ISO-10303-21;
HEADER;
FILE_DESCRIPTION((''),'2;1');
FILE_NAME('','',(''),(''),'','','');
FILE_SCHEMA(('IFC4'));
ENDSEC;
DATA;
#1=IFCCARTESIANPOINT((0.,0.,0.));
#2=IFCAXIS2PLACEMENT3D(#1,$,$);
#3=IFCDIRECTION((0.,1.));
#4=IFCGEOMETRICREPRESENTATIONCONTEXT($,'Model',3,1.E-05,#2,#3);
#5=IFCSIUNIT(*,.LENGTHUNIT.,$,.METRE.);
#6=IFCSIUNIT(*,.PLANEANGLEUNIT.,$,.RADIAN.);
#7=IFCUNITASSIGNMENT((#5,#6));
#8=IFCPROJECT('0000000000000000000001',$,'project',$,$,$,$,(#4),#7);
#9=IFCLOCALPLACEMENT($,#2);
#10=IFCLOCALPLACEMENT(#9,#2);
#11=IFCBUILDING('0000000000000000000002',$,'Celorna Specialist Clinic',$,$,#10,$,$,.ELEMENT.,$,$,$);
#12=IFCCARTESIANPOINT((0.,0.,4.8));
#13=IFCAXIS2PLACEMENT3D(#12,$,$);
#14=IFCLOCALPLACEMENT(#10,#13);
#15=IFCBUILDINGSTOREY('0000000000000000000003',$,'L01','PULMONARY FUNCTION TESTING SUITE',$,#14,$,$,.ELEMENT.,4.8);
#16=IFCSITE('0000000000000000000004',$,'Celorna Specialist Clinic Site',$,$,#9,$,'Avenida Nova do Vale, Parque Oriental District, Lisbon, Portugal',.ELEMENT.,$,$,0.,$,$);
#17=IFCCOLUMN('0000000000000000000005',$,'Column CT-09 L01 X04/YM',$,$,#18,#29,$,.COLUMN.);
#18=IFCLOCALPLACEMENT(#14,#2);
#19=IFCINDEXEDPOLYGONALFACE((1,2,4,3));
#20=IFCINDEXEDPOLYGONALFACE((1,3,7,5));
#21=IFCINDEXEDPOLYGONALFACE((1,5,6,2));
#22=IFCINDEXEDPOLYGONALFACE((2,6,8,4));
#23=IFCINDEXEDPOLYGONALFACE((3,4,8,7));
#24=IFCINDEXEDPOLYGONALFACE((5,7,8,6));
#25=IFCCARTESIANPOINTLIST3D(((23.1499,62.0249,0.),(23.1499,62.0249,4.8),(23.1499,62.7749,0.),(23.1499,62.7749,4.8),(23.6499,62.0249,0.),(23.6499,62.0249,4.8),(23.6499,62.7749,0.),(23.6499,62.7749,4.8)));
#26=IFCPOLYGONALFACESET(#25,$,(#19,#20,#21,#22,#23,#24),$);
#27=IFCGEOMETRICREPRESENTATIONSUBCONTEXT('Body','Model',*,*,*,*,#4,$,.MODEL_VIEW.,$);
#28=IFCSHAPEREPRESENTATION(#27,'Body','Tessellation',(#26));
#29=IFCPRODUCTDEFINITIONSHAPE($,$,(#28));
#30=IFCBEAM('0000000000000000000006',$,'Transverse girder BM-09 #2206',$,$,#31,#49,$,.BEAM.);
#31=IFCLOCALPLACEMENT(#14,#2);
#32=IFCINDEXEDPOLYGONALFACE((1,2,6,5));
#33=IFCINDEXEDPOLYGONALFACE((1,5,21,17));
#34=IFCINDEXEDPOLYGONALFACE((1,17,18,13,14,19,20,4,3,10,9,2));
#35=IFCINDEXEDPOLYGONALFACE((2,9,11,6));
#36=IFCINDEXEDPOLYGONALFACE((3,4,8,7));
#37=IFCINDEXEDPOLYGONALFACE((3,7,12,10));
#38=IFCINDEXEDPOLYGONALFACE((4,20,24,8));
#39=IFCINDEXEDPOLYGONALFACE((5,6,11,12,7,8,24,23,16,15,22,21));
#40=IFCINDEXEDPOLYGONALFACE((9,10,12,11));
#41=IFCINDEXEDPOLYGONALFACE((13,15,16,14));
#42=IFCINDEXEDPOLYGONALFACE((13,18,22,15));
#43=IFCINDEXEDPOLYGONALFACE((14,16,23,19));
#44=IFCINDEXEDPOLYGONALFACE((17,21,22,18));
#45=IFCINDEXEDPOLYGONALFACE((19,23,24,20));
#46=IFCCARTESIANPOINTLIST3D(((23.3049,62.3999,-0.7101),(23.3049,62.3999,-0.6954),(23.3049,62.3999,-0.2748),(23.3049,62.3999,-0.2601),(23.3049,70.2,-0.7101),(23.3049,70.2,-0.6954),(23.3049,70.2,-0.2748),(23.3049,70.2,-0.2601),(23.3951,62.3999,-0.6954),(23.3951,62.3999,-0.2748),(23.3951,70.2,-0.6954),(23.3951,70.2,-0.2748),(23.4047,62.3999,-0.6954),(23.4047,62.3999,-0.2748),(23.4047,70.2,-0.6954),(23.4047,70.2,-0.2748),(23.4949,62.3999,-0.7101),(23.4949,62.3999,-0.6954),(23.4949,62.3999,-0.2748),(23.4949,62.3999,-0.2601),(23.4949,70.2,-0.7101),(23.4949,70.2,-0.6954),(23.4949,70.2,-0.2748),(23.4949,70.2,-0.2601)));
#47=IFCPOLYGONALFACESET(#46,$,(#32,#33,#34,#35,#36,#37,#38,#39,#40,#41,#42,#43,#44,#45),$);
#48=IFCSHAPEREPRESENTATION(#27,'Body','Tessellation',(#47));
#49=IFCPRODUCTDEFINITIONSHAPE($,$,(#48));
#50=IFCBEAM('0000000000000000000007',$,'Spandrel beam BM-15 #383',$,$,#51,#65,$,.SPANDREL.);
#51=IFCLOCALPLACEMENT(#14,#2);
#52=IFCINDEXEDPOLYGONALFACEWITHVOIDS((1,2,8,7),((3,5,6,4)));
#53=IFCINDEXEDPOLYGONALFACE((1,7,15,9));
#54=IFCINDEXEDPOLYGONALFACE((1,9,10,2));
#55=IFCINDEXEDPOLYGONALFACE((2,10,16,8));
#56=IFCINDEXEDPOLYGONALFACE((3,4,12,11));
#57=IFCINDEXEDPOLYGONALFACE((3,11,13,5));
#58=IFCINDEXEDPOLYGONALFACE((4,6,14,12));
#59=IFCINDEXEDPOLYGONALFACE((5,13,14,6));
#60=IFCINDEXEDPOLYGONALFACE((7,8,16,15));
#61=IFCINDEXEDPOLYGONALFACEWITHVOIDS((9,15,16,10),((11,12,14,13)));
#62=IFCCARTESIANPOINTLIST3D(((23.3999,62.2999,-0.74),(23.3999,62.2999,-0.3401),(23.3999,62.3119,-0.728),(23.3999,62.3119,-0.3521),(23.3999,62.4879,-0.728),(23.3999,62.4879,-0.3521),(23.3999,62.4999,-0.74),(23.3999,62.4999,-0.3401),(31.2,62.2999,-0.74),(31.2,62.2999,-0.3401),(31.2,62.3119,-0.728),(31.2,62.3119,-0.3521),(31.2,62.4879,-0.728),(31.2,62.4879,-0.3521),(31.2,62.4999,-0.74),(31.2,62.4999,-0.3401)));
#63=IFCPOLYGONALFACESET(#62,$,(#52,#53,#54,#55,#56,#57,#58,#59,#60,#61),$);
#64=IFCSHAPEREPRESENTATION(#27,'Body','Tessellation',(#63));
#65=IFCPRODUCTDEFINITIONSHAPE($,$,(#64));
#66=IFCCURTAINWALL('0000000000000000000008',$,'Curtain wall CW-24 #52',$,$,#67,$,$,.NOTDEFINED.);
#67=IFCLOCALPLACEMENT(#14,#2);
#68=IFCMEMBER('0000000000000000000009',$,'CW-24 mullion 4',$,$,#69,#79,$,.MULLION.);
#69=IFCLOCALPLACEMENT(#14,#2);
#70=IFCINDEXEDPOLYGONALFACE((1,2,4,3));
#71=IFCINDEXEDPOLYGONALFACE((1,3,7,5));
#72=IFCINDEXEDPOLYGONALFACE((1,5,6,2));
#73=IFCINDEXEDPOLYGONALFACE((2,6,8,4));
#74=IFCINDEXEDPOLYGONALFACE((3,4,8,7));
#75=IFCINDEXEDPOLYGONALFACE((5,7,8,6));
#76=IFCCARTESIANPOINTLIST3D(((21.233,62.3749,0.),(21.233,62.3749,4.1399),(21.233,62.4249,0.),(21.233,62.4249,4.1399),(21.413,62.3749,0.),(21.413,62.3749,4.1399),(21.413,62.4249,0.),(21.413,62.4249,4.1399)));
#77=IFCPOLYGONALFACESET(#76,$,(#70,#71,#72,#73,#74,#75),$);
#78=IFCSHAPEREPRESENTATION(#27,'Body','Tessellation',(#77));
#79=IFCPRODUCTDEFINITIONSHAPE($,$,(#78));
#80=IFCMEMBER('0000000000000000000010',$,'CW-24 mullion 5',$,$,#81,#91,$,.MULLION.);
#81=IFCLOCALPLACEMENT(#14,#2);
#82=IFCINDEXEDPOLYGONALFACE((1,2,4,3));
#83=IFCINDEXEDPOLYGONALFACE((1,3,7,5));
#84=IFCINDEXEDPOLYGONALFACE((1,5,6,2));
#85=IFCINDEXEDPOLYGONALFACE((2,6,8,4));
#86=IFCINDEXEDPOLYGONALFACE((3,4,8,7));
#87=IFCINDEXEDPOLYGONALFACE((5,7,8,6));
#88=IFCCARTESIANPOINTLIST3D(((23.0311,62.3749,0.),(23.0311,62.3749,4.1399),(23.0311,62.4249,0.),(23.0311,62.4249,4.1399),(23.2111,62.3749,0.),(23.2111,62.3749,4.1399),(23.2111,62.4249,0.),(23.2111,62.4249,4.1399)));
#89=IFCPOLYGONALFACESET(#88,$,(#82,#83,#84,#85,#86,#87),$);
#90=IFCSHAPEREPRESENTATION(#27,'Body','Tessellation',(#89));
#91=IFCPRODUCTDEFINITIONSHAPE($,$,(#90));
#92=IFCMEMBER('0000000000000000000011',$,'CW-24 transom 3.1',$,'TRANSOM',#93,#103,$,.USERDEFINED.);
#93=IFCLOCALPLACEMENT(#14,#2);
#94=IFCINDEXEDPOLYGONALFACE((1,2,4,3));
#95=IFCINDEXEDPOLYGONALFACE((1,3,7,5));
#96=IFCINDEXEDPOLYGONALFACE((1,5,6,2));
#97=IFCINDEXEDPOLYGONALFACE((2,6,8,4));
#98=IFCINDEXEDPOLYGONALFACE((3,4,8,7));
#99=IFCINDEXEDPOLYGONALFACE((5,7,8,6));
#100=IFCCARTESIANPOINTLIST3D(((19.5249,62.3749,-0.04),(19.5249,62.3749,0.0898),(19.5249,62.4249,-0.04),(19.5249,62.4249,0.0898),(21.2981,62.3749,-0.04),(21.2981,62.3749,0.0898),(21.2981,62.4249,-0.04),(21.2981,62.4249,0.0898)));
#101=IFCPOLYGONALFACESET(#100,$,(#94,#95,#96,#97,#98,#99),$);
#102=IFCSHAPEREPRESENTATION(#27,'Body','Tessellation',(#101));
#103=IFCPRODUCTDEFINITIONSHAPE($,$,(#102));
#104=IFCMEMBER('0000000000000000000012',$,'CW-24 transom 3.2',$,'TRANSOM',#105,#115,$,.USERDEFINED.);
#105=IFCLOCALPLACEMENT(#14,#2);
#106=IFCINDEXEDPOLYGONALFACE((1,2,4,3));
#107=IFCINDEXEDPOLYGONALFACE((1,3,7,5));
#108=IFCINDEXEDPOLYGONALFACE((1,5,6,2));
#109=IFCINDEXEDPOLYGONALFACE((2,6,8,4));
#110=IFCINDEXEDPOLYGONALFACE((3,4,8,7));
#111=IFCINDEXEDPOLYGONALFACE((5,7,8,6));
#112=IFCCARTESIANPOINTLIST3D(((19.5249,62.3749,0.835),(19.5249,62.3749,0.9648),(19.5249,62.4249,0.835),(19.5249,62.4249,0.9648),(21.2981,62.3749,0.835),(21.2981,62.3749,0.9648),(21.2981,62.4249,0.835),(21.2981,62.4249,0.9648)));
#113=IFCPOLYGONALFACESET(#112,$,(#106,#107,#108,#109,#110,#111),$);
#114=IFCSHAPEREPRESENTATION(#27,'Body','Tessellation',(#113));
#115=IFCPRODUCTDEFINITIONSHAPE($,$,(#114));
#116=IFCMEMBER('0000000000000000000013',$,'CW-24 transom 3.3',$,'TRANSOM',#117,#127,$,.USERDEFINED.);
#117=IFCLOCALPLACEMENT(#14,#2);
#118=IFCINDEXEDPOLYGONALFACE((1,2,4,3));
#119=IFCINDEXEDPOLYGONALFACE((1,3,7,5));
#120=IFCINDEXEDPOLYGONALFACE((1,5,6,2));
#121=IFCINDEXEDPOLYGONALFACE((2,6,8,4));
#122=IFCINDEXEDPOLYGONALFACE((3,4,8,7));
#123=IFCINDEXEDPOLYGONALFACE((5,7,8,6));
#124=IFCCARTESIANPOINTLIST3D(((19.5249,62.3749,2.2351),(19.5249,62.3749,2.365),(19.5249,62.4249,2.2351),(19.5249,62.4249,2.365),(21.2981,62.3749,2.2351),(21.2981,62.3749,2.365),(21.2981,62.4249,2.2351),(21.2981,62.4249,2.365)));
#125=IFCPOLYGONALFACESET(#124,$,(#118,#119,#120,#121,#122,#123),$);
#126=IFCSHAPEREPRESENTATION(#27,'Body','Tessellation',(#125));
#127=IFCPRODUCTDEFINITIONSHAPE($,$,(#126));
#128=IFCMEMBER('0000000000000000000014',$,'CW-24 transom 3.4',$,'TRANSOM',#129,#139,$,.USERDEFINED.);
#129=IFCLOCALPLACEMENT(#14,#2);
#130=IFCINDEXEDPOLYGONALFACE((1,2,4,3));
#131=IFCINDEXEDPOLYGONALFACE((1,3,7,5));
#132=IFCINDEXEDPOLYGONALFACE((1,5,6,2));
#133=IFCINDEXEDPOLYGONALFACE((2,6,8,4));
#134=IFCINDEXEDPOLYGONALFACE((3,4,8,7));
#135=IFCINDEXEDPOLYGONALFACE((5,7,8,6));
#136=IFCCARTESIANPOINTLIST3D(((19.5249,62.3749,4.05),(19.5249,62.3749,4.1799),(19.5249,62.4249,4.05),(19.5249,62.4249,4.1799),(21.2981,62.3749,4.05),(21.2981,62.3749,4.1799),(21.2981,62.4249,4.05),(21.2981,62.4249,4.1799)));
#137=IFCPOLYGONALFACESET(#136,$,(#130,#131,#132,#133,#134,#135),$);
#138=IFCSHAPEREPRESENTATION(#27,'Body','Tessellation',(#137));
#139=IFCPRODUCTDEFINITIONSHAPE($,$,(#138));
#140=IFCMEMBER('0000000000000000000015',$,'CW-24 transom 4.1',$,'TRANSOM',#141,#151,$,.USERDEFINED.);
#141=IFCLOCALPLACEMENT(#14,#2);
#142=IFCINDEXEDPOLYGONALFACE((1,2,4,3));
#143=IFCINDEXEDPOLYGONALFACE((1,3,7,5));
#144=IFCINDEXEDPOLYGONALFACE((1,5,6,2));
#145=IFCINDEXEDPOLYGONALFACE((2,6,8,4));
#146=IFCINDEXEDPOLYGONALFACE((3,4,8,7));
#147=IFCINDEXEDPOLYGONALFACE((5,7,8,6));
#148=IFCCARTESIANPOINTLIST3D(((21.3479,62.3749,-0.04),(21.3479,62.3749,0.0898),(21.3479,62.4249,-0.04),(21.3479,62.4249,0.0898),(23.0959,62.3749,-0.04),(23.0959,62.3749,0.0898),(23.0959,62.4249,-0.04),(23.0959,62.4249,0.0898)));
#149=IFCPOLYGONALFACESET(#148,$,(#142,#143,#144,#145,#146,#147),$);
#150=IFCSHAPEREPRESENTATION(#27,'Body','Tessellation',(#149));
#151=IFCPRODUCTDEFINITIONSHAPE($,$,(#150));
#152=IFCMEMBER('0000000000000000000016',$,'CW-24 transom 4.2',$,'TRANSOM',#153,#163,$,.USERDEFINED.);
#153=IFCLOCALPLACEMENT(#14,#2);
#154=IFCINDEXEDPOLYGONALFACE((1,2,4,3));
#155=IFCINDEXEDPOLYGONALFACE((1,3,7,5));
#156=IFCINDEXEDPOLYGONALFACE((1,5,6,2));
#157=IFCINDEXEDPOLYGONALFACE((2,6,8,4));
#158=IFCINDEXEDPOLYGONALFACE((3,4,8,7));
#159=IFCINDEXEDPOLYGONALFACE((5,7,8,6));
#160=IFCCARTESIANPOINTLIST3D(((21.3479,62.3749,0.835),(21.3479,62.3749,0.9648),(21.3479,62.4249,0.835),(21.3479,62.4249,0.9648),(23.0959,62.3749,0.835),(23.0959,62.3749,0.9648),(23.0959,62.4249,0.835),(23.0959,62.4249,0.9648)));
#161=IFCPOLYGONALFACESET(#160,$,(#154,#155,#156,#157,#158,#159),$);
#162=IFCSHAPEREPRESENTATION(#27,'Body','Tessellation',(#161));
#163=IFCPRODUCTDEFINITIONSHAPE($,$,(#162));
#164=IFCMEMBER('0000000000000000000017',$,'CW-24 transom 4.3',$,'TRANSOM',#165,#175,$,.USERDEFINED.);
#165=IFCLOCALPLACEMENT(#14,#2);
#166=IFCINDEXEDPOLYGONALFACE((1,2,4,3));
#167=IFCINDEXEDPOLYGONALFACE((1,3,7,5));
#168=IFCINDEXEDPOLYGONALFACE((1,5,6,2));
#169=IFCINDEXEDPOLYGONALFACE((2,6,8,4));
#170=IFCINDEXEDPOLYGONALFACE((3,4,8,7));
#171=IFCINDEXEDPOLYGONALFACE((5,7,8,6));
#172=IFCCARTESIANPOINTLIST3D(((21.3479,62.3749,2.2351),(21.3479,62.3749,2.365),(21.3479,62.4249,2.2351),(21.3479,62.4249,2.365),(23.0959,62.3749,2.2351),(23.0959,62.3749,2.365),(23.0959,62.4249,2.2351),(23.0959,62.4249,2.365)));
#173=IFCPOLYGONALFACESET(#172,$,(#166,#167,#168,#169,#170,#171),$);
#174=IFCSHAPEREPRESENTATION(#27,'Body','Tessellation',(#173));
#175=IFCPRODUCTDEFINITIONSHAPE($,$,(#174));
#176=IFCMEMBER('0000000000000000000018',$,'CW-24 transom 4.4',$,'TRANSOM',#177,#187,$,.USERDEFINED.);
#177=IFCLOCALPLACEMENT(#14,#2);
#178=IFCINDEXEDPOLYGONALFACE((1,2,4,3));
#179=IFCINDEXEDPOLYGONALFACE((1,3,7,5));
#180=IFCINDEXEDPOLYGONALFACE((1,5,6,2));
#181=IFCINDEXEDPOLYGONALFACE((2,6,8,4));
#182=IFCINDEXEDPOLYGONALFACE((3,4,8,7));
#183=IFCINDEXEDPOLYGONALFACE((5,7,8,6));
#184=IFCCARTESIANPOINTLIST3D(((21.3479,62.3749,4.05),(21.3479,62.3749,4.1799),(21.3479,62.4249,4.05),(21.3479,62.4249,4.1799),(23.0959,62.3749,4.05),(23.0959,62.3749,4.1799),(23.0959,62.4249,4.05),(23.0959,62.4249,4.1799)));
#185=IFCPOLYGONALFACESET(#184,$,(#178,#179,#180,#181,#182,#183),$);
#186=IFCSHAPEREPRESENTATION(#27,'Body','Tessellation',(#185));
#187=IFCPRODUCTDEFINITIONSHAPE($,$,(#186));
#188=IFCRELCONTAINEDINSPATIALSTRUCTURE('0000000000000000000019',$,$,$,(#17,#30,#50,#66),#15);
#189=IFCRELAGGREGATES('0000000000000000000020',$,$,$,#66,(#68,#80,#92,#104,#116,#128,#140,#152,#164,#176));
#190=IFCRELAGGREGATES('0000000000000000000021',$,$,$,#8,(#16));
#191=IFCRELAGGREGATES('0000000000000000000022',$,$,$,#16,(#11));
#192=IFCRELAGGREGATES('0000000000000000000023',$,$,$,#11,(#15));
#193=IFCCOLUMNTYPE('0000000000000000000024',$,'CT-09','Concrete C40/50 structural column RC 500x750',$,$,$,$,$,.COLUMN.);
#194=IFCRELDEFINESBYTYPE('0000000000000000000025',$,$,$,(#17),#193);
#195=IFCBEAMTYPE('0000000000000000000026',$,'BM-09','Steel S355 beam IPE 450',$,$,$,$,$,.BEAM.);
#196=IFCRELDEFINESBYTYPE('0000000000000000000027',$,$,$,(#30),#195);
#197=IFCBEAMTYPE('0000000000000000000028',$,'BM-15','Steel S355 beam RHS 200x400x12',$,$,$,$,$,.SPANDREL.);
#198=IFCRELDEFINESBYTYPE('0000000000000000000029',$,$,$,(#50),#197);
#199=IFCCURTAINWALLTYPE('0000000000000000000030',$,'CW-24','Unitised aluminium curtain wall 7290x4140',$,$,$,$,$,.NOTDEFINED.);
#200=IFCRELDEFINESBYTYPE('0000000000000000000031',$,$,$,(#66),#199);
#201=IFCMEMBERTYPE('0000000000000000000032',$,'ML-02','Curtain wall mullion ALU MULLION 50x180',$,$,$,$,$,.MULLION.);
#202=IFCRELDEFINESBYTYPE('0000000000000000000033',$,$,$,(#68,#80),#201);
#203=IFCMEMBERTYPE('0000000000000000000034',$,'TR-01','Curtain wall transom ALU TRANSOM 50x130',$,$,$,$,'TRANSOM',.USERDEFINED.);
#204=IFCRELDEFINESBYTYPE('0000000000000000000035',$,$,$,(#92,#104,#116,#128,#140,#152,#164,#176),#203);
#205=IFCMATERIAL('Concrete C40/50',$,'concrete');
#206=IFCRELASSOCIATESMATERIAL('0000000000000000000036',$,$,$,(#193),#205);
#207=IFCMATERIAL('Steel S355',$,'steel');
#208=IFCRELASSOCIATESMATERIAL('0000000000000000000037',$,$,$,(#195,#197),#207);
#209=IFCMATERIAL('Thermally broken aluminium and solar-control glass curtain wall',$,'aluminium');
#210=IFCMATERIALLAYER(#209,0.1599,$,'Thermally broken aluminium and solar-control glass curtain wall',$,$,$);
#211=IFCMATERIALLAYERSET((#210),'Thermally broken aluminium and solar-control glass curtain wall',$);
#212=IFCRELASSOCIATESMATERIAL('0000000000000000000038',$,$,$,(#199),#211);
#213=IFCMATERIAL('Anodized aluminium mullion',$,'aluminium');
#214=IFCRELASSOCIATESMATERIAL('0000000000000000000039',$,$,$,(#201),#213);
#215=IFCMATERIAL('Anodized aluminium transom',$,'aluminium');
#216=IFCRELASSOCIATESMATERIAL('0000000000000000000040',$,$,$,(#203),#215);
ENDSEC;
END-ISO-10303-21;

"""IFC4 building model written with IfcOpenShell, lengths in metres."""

from ifc_helpers import new_model, si_unit, direction, frame, origin, origin_2d, place, context, subcontext, project, spatial, rectangle, hollow_rectangle, i_section, extrude, material, layer, layer_set, material_profile, profile_set, type_object, element, aggregate, save


model = new_model("IFC4")

# Units and contexts
model_context = context("Model", 3, precision=1e-05, world=origin(), true_north=direction((0.0, 1.0)))
body_context = subcontext(model_context, "Body", "Model", "MODEL_VIEW")
ifc_project = project(units=[si_unit("LENGTHUNIT", "METRE"), si_unit("PLANEANGLEUNIT", "RADIAN")], contexts=[model_context])

# Site, building, storey
site_placement = place(None, origin())
site = spatial("IfcSite", under=ifc_project, at=site_placement, Name="Celorna Specialist Clinic Site", LongName="Avenida Nova do Vale, Parque Oriental District, Lisbon, Portugal", CompositionType="ELEMENT", RefElevation=0.0)
building_placement = place(site_placement, origin())
building = spatial("IfcBuilding", under=site, at=building_placement, Name="Celorna Specialist Clinic", CompositionType="ELEMENT")
storey_placement = place(building_placement, frame((0.0, 0.0, 4.8)))
storey = spatial("IfcBuildingStorey", under=building, at=storey_placement, Name="L01", Description="PULMONARY FUNCTION TESTING SUITE", CompositionType="ELEMENT", Elevation=4.8)

# Column
ifc_material_1 = material(Name="Concrete C40/50", Category="concrete")
ifc_material_profile_1 = material_profile(ifc_material_1, rectangle(XDim=0.5, YDim=0.75, at=origin_2d()), Name="RC 500x750")
ifc_profile_set_1 = profile_set([ifc_material_profile_1], Name="Concrete C40/50")
column_type = type_object("IfcColumnType", Name="CT-09", Description="Concrete C40/50 structural column RC 500x750", PredefinedType="COLUMN", material=ifc_profile_set_1)
column_placement = place(storey_placement, frame((23.3999, 62.3999, 0.0), z_axis=(0.0, 0.0, 1.0), x_axis=(1.0, 0.0, 0.0)))
element("IfcColumn", 1, at=column_placement, inside=storey, type_object=column_type, Name="Column CT-09 L01 X04/YM", PredefinedType="COLUMN", context=body_context, shape_type="SweptSolid", body=[
    extrude(rectangle(XDim=0.5, YDim=0.75, at=origin_2d()), origin(), (0.0, 0.0, 1.0), 4.8),
])

# Beams
ifc_material_2 = material(Name="Steel S355", Category="steel")
ifc_material_profile_2 = material_profile(ifc_material_2, i_section(OverallWidth=0.1899, OverallDepth=0.45, WebThickness=0.0095, FlangeThickness=0.0146, at=origin_2d()), Name="IPE 450")
ifc_profile_set_2 = profile_set([ifc_material_profile_2], Name="Steel S355")
beam_type_1 = type_object("IfcBeamType", Name="BM-09", Description="Steel S355 beam IPE 450", PredefinedType="BEAM", material=ifc_profile_set_2)
beam_1_placement = place(storey_placement, frame((23.3999, 62.3999, -0.4851), z_axis=(0.0, 1.0, 0.0), x_axis=(-1.0, 0.0, 0.0)))
element("IfcBeam", 2, at=beam_1_placement, inside=storey, type_object=beam_type_1, Name="Transverse girder BM-09 #2206", PredefinedType="BEAM", context=body_context, shape_type="SweptSolid", body=[
    extrude(i_section(OverallWidth=0.1899, OverallDepth=0.45, WebThickness=0.0095, FlangeThickness=0.0146, at=origin_2d()), origin(), (0.0, 0.0, 1.0), 7.8),
])
ifc_material_profile_3 = material_profile(ifc_material_2, hollow_rectangle(XDim=0.2, YDim=0.3999, WallThickness=0.012, at=origin_2d()), Name="RHS 200x400x12")
ifc_profile_set_3 = profile_set([ifc_material_profile_3], Name="Steel S355")
beam_type_2 = type_object("IfcBeamType", Name="BM-15", Description="Steel S355 beam RHS 200x400x12", PredefinedType="SPANDREL", material=ifc_profile_set_3)
beam_2_placement = place(storey_placement, frame((23.3999, 62.3999, -0.54), z_axis=(1.0, 0.0, 0.0), x_axis=(0.0, 1.0, 0.0)))
element("IfcBeam", 3, at=beam_2_placement, inside=storey, type_object=beam_type_2, Name="Spandrel beam BM-15 #383", PredefinedType="SPANDREL", context=body_context, shape_type="SweptSolid", body=[
    extrude(hollow_rectangle(XDim=0.2, YDim=0.3999, WallThickness=0.012, at=origin_2d()), origin(), (0.0, 0.0, 1.0), 7.8),
])

# Curtain wall, members
ifc_material_3 = material(Name="Thermally broken aluminium and solar-control glass curtain wall", Category="aluminium")
ifc_layer_1 = layer(ifc_material_3, 0.1599, Name="Thermally broken aluminium and solar-control glass curtain wall")
ifc_layer_set_1 = layer_set([ifc_layer_1], Name="Thermally broken aluminium and solar-control glass curtain wall")
curtain_wall_type = type_object("IfcCurtainWallType", Name="CW-24", Description="Unitised aluminium curtain wall 7290x4140", PredefinedType="NOTDEFINED", material=ifc_layer_set_1)
curtain_wall_placement = place(storey_placement, origin())
curtain_wall = element("IfcCurtainWall", 4, at=curtain_wall_placement, inside=storey, type_object=curtain_wall_type, Name="Curtain wall CW-24 #52", PredefinedType="NOTDEFINED")
ifc_material_4 = material(Name="Anodized aluminium mullion", Category="aluminium")
ifc_material_profile_4 = material_profile(ifc_material_4, rectangle(XDim=0.05, YDim=0.1799, at=origin_2d()), Name="ALU MULLION 50x180")
ifc_profile_set_4 = profile_set([ifc_material_profile_4], Name="Anodized aluminium mullion")
member_type_1 = type_object("IfcMemberType", Name="ML-02", Description="Curtain wall mullion ALU MULLION 50x180", PredefinedType="MULLION", material=ifc_profile_set_4)
member_1_placement = place(storey_placement, frame((21.323, 62.3999, 0.0), z_axis=(0.0, 0.0, 1.0), x_axis=(0.0, 1.0, 0.0)))
member_1 = element("IfcMember", 5, at=member_1_placement, type_object=member_type_1, Name="CW-24 mullion 4", PredefinedType="MULLION", context=body_context, shape_type="SweptSolid", body=[
    extrude(rectangle(XDim=0.05, YDim=0.1799, at=origin_2d()), origin(), (0.0, 0.0, 1.0), 4.1399),
])
member_2_placement = place(storey_placement, frame((23.1211, 62.3999, 0.0), z_axis=(0.0, 0.0, 1.0), x_axis=(0.0, 1.0, 0.0)))
member_2 = element("IfcMember", 6, at=member_2_placement, type_object=member_type_1, Name="CW-24 mullion 5", PredefinedType="MULLION", context=body_context, shape_type="SweptSolid", body=[
    extrude(rectangle(XDim=0.05, YDim=0.1799, at=origin_2d()), origin(), (0.0, 0.0, 1.0), 4.1399),
])
ifc_material_5 = material(Name="Anodized aluminium transom", Category="aluminium")
ifc_material_profile_5 = material_profile(ifc_material_5, rectangle(XDim=0.05, YDim=0.1299, at=origin_2d()), Name="ALU TRANSOM 50x130")
ifc_profile_set_5 = profile_set([ifc_material_profile_5], Name="Anodized aluminium transom")
member_type_2 = type_object("IfcMemberType", Name="TR-01", Description="Curtain wall transom ALU TRANSOM 50x130", ElementType="TRANSOM", PredefinedType="USERDEFINED", material=ifc_profile_set_5)
member_3_placement = place(storey_placement, frame((19.5249, 62.3999, 0.0249), z_axis=(1.0, 0.0, 0.0), x_axis=(0.0, 1.0, 0.0)))
member_3 = element("IfcMember", 7, at=member_3_placement, type_object=member_type_2, Name="CW-24 transom 3.1", ObjectType="TRANSOM", PredefinedType="USERDEFINED", context=body_context, shape_type="SweptSolid", body=[
    extrude(rectangle(XDim=0.05, YDim=0.1299, at=origin_2d()), origin(), (0.0, 0.0, 1.0), 1.7732),
])
member_4_placement = place(storey_placement, frame((19.5249, 62.3999, 0.8999), z_axis=(1.0, 0.0, 0.0), x_axis=(0.0, 1.0, 0.0)))
member_4 = element("IfcMember", 8, at=member_4_placement, type_object=member_type_2, Name="CW-24 transom 3.2", ObjectType="TRANSOM", PredefinedType="USERDEFINED", context=body_context, shape_type="SweptSolid", body=[
    extrude(rectangle(XDim=0.05, YDim=0.1299, at=origin_2d()), origin(), (0.0, 0.0, 1.0), 1.7732),
])
member_5_placement = place(storey_placement, frame((19.5249, 62.3999, 2.3), z_axis=(1.0, 0.0, 0.0), x_axis=(0.0, 1.0, 0.0)))
member_5 = element("IfcMember", 9, at=member_5_placement, type_object=member_type_2, Name="CW-24 transom 3.3", ObjectType="TRANSOM", PredefinedType="USERDEFINED", context=body_context, shape_type="SweptSolid", body=[
    extrude(rectangle(XDim=0.05, YDim=0.1299, at=origin_2d()), origin(), (0.0, 0.0, 1.0), 1.7732),
])
member_6_placement = place(storey_placement, frame((19.5249, 62.3999, 4.115), z_axis=(1.0, 0.0, 0.0), x_axis=(0.0, 1.0, 0.0)))
member_6 = element("IfcMember", 10, at=member_6_placement, type_object=member_type_2, Name="CW-24 transom 3.4", ObjectType="TRANSOM", PredefinedType="USERDEFINED", context=body_context, shape_type="SweptSolid", body=[
    extrude(rectangle(XDim=0.05, YDim=0.1299, at=origin_2d()), origin(), (0.0, 0.0, 1.0), 1.7732),
])
member_7_placement = place(storey_placement, frame((21.3479, 62.3999, 0.0249), z_axis=(1.0, 0.0, 0.0), x_axis=(0.0, 1.0, 0.0)))
member_7 = element("IfcMember", 11, at=member_7_placement, type_object=member_type_2, Name="CW-24 transom 4.1", ObjectType="TRANSOM", PredefinedType="USERDEFINED", context=body_context, shape_type="SweptSolid", body=[
    extrude(rectangle(XDim=0.05, YDim=0.1299, at=origin_2d()), origin(), (0.0, 0.0, 1.0), 1.748),
])
member_8_placement = place(storey_placement, frame((21.3479, 62.3999, 0.8999), z_axis=(1.0, 0.0, 0.0), x_axis=(0.0, 1.0, 0.0)))
member_8 = element("IfcMember", 12, at=member_8_placement, type_object=member_type_2, Name="CW-24 transom 4.2", ObjectType="TRANSOM", PredefinedType="USERDEFINED", context=body_context, shape_type="SweptSolid", body=[
    extrude(rectangle(XDim=0.05, YDim=0.1299, at=origin_2d()), origin(), (0.0, 0.0, 1.0), 1.748),
])
member_9_placement = place(storey_placement, frame((21.3479, 62.3999, 2.3), z_axis=(1.0, 0.0, 0.0), x_axis=(0.0, 1.0, 0.0)))
member_9 = element("IfcMember", 13, at=member_9_placement, type_object=member_type_2, Name="CW-24 transom 4.3", ObjectType="TRANSOM", PredefinedType="USERDEFINED", context=body_context, shape_type="SweptSolid", body=[
    extrude(rectangle(XDim=0.05, YDim=0.1299, at=origin_2d()), origin(), (0.0, 0.0, 1.0), 1.748),
])
member_10_placement = place(storey_placement, frame((21.3479, 62.3999, 4.115), z_axis=(1.0, 0.0, 0.0), x_axis=(0.0, 1.0, 0.0)))
member_10 = element("IfcMember", 14, at=member_10_placement, type_object=member_type_2, Name="CW-24 transom 4.4", ObjectType="TRANSOM", PredefinedType="USERDEFINED", context=body_context, shape_type="SweptSolid", body=[
    extrude(rectangle(XDim=0.05, YDim=0.1299, at=origin_2d()), origin(), (0.0, 0.0, 1.0), 1.748),
])
aggregate(curtain_wall, [member_1, member_2, member_3, member_4, member_5, member_6, member_7, member_8, member_9, member_10])

save(model, "model.ifc")
